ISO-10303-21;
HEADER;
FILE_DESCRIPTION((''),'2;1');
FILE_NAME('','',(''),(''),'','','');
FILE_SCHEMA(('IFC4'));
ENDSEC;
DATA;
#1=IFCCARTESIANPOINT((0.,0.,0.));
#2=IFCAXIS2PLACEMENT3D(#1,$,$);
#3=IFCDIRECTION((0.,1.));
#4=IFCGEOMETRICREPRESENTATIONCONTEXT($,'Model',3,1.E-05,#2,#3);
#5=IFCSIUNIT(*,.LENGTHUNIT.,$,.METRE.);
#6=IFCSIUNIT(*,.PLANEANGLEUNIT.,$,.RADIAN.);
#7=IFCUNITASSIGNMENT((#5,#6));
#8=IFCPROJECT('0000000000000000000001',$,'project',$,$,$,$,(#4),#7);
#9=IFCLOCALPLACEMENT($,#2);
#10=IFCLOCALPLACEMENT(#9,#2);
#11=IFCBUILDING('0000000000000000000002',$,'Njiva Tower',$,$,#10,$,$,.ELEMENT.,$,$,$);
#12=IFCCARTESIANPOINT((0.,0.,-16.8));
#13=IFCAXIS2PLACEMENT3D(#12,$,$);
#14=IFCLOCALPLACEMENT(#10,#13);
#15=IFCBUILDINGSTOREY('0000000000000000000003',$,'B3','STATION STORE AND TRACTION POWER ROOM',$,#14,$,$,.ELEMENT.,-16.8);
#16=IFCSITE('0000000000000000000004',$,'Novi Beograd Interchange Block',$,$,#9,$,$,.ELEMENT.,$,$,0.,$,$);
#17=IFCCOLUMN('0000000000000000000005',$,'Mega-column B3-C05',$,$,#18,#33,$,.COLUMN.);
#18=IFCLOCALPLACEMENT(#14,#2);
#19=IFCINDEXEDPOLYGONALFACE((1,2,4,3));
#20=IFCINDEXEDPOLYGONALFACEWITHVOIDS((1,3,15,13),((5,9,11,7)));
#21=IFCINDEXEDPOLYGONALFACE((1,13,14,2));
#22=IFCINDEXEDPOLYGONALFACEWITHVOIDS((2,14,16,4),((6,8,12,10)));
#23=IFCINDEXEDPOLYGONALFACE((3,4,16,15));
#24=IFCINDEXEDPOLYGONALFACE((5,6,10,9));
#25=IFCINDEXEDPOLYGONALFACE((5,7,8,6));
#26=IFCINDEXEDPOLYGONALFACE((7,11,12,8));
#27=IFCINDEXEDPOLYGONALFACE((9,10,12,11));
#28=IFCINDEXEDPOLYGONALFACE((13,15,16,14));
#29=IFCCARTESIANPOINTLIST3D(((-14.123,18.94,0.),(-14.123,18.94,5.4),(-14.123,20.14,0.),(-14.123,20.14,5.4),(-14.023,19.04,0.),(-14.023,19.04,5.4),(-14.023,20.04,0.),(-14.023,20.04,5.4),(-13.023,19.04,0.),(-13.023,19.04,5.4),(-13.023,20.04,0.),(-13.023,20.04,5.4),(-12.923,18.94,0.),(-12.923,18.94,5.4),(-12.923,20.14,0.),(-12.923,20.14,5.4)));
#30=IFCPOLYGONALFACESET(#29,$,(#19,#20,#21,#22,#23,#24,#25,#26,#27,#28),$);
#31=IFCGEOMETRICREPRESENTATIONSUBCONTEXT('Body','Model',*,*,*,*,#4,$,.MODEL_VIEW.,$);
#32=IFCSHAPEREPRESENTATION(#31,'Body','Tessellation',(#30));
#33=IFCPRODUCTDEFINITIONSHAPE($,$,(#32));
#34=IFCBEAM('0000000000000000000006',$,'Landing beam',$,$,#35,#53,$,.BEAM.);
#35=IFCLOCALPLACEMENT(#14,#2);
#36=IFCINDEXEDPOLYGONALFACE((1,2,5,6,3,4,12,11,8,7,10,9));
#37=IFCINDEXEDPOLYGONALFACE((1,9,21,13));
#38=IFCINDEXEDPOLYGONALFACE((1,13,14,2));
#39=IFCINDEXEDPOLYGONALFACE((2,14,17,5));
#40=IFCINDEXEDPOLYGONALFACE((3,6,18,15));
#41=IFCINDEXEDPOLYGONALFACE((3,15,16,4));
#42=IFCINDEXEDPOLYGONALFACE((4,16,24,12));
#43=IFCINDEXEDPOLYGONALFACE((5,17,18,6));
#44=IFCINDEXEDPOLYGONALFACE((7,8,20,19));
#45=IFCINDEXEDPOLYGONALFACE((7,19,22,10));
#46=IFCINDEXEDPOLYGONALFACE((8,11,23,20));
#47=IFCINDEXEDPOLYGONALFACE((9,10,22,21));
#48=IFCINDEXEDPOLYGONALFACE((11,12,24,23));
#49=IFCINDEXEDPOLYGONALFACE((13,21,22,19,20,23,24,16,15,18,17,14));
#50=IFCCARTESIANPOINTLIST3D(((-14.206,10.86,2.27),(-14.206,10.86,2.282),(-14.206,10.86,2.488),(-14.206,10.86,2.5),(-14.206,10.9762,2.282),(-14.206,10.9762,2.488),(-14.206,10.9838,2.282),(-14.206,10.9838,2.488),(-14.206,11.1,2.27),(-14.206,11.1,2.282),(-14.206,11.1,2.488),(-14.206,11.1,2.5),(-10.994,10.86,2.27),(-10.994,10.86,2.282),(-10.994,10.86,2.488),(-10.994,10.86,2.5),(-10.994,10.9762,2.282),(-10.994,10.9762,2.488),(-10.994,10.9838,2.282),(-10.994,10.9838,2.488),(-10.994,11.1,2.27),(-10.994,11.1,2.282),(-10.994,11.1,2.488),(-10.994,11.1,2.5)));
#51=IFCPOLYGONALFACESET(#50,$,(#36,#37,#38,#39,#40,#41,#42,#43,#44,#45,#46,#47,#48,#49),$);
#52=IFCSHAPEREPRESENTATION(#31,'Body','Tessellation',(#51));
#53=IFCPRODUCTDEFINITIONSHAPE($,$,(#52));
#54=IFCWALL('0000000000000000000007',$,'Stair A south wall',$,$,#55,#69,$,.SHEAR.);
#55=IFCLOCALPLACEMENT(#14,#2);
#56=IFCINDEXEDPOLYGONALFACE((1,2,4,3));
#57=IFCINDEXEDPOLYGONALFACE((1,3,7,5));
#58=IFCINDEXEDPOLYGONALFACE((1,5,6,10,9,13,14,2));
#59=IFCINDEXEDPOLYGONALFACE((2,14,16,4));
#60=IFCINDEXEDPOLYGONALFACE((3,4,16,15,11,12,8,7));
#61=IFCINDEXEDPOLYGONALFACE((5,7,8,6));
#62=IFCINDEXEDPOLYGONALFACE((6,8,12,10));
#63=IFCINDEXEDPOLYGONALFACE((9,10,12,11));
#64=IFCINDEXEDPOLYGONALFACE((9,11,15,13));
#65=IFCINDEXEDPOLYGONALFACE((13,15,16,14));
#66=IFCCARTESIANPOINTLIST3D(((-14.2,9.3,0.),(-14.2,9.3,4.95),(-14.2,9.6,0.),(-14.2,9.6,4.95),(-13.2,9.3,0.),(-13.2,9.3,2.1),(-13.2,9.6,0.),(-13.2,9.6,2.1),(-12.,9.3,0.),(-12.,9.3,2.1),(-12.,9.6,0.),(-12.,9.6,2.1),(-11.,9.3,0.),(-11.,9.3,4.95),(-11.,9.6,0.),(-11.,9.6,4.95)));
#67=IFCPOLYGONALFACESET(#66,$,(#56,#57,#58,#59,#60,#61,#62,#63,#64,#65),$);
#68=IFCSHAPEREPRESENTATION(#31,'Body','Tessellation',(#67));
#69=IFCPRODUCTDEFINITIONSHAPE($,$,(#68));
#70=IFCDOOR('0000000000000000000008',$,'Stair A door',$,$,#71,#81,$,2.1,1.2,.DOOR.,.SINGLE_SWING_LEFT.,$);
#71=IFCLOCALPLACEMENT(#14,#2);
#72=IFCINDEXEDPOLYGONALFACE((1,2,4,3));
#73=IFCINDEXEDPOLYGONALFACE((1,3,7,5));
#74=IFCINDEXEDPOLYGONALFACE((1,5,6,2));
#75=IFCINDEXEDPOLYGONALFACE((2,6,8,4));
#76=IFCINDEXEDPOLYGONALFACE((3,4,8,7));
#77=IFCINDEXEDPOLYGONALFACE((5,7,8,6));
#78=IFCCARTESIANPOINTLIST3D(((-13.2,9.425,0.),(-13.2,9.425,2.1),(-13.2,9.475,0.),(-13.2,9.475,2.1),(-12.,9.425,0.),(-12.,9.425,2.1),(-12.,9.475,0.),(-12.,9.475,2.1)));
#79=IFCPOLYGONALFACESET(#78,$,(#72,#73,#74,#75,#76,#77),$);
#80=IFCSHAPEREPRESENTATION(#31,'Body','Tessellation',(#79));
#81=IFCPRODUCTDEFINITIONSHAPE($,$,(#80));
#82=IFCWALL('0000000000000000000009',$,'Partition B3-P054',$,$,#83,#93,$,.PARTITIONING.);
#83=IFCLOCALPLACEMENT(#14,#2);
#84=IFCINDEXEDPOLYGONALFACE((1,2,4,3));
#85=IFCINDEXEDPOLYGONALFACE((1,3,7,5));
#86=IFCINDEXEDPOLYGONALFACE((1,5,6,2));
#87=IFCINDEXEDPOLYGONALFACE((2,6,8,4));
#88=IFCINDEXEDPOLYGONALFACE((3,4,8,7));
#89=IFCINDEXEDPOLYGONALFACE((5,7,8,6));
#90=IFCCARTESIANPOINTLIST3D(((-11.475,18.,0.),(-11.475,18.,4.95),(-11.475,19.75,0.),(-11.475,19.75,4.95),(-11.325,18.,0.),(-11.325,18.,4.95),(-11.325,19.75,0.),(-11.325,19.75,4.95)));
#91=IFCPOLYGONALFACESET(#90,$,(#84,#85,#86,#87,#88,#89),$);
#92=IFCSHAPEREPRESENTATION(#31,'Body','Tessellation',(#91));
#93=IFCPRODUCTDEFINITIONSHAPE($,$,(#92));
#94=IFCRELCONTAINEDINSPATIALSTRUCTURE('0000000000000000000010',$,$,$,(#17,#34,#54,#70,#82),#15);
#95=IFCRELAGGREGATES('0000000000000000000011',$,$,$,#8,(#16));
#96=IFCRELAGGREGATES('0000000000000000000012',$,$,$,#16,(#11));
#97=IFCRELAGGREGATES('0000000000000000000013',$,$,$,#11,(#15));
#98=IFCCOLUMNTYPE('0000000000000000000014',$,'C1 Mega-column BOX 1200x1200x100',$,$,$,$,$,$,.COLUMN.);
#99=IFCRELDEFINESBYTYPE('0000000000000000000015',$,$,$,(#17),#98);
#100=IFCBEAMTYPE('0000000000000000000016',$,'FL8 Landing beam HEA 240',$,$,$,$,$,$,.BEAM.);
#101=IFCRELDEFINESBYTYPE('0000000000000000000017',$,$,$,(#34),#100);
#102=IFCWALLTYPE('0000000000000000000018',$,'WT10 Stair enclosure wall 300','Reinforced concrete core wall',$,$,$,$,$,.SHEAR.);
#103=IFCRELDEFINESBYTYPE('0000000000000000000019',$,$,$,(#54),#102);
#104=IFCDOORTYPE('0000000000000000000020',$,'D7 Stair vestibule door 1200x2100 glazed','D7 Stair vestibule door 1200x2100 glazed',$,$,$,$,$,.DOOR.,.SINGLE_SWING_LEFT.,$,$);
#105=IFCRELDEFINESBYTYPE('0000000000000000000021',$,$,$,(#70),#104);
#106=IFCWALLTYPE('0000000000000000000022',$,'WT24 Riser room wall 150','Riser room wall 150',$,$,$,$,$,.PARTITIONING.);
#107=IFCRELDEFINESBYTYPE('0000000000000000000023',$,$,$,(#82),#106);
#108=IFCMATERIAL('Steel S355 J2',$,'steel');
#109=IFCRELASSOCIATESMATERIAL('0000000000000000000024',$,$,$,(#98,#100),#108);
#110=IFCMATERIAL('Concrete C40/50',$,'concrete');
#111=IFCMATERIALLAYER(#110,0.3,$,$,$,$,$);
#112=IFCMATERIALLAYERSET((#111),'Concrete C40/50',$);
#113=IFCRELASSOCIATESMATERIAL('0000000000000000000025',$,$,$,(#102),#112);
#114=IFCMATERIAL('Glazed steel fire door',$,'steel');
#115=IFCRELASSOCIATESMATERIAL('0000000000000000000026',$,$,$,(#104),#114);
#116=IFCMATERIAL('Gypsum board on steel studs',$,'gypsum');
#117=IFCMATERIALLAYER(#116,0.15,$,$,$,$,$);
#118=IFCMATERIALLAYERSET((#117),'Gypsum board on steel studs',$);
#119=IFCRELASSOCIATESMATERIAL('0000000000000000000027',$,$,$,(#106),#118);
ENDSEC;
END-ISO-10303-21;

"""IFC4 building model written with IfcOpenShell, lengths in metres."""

from ifc_helpers import new_model, si_unit, direction, frame, frame_2d, origin, origin_2d, place, context, subcontext, project, spatial, rectangle, hollow_rectangle, i_section, extrude, material, layer, layer_set, material_profile, profile_set, type_object, element, fill, save


model = new_model("IFC4")

# Units and contexts
model_context = context("Model", 3, precision=1e-05, world=origin(), true_north=direction((0.0, 1.0)))
body_context = subcontext(model_context, "Body", "Model", "MODEL_VIEW")
ifc_project = project(units=[si_unit("LENGTHUNIT", "METRE"), si_unit("PLANEANGLEUNIT", "RADIAN")], contexts=[model_context])

# Site, building, storey
site_placement = place(None, origin())
site = spatial("IfcSite", under=ifc_project, at=site_placement, Name="Novi Beograd Interchange Block", CompositionType="ELEMENT", RefElevation=0.0)
building_placement = place(site_placement, origin())
building = spatial("IfcBuilding", under=site, at=building_placement, Name="Njiva Tower", CompositionType="ELEMENT")
storey_placement = place(building_placement, frame((0.0, 0.0, -16.8)))
storey = spatial("IfcBuildingStorey", under=building, at=storey_placement, Name="B3", Description="STATION STORE AND TRACTION POWER ROOM", CompositionType="ELEMENT", Elevation=-16.8)

# Column
ifc_material_1 = material(Name="Steel S355 J2", Category="steel")
ifc_material_profile_1 = material_profile(ifc_material_1, hollow_rectangle(XDim=1.2, YDim=1.2, WallThickness=0.1, at=origin_2d()), Name="BOX 1200x1200x100")
ifc_profile_set_1 = profile_set([ifc_material_profile_1], Name="Steel S355 J2")
column_type = type_object("IfcColumnType", Name="C1 Mega-column BOX 1200x1200x100", PredefinedType="COLUMN", material=ifc_profile_set_1)
column_placement = place(storey_placement, frame((-13.523, 19.54, 0.0), z_axis=(0.0, 0.0, 1.0), x_axis=(-1.0, 0.0, 0.0)))
element("IfcColumn", 1, at=column_placement, inside=storey, type_object=column_type, Name="Mega-column B3-C05", PredefinedType="COLUMN", context=body_context, shape_type="SweptSolid", body=[
    extrude(hollow_rectangle(XDim=1.2, YDim=1.2, WallThickness=0.1, at=origin_2d()), origin(), (0.0, 0.0, 1.0), 5.4),
])

# Beam
ifc_material_profile_2 = material_profile(ifc_material_1, i_section(OverallWidth=0.24, OverallDepth=0.23, WebThickness=0.0075, FlangeThickness=0.012, at=origin_2d()), Name="HEA240")
ifc_profile_set_2 = profile_set([ifc_material_profile_2], Name="Steel S355 J2")
beam_type = type_object("IfcBeamType", Name="FL8 Landing beam HEA 240", PredefinedType="BEAM", material=ifc_profile_set_2)
beam_placement = place(storey_placement, frame((-14.206, 10.98, 2.385), z_axis=(1.0, 0.0, 0.0), x_axis=(0.0, 1.0, 0.0)))
element("IfcBeam", 2, at=beam_placement, inside=storey, type_object=beam_type, Name="Landing beam", PredefinedType="BEAM", context=body_context, shape_type="SweptSolid", body=[
    extrude(i_section(OverallWidth=0.24, OverallDepth=0.23, WebThickness=0.0075, FlangeThickness=0.012, at=origin_2d()), origin(), (0.0, 0.0, 1.0), 3.212),
])

# Wall, opening, door
ifc_material_2 = material(Name="Concrete C40/50", Category="concrete")
ifc_layer_1 = layer(ifc_material_2, 0.3)
ifc_layer_set_1 = layer_set([ifc_layer_1], Name="Concrete C40/50")
wall_type_1 = type_object("IfcWallType", Name="WT10 Stair enclosure wall 300", Description="Reinforced concrete core wall", PredefinedType="SHEAR", material=ifc_layer_set_1)
wall_1_placement = place(storey_placement, frame((-14.2, 9.45, 0.0), z_axis=(0.0, 0.0, 1.0), x_axis=(1.0, 0.0, 0.0)))
wall_1 = element("IfcWall", 3, at=wall_1_placement, inside=storey, type_object=wall_type_1, Name="Stair A south wall", PredefinedType="SHEAR", context=body_context, shape_type="SweptSolid", body=[
    extrude(rectangle(XDim=3.2, YDim=0.3, at=frame_2d((1.6, 0.0))), origin(), (0.0, 0.0, 1.0), 4.95),
])
opening_1_placement = place(wall_1_placement, frame((1.0, 0.0, 0.0)))
opening_1 = element("IfcOpeningElement", 4, at=opening_1_placement, cuts=wall_1, PredefinedType="OPENING", context=body_context, shape_type="SweptSolid", body=[
    extrude(rectangle(XDim=1.2, YDim=2.1, at=frame_2d((0.6, 1.05))), frame((0.0, 0.16, 0.0), z_axis=(0.0, -1.0, 0.0), x_axis=(1.0, 0.0, 0.0)), (0.0, 0.0, 1.0), 0.32),
])
ifc_material_3 = material(Name="Glazed steel fire door", Category="steel")
door_type_1 = type_object("IfcDoorType", Name="D7 Stair vestibule door 1200x2100 glazed", Description="D7 Stair vestibule door 1200x2100 glazed", OperationType="SINGLE_SWING_LEFT", PredefinedType="DOOR", material=ifc_material_3)
door_1_placement = place(opening_1_placement, origin())
door_1 = element("IfcDoor", 5, at=door_1_placement, inside=storey, type_object=door_type_1, Name="Stair A door", OperationType="SINGLE_SWING_LEFT", OverallHeight=2.1, OverallWidth=1.2, PredefinedType="DOOR", context=body_context, shape_type="SweptSolid", body=[
    extrude(rectangle(XDim=1.2, YDim=2.1, at=frame_2d((0.6, 1.05))), frame((0.0, 0.025, 0.0), z_axis=(0.0, -1.0, 0.0), x_axis=(1.0, 0.0, 0.0)), (0.0, 0.0, 1.0), 0.05),
])
fill(opening_1, door_1)

# Wall
ifc_material_4 = material(Name="Gypsum board on steel studs", Category="gypsum")
ifc_layer_2 = layer(ifc_material_4, 0.15)
ifc_layer_set_2 = layer_set([ifc_layer_2], Name="Gypsum board on steel studs")
wall_type_2 = type_object("IfcWallType", Name="WT24 Riser room wall 150", Description="Riser room wall 150", PredefinedType="PARTITIONING", material=ifc_layer_set_2)
wall_2_placement = place(storey_placement, frame((-11.4, 18.0, 0.0), z_axis=(0.0, 0.0, 1.0), x_axis=(0.0, 1.0, 0.0)))
element("IfcWall", 6, at=wall_2_placement, inside=storey, type_object=wall_type_2, Name="Partition B3-P054", PredefinedType="PARTITIONING", context=body_context, shape_type="SweptSolid", body=[
    extrude(rectangle(XDim=1.75, YDim=0.15, at=frame_2d((0.875, 0.0))), origin(), (0.0, 0.0, 1.0), 4.95),
])

save(model, "model.ifc")
